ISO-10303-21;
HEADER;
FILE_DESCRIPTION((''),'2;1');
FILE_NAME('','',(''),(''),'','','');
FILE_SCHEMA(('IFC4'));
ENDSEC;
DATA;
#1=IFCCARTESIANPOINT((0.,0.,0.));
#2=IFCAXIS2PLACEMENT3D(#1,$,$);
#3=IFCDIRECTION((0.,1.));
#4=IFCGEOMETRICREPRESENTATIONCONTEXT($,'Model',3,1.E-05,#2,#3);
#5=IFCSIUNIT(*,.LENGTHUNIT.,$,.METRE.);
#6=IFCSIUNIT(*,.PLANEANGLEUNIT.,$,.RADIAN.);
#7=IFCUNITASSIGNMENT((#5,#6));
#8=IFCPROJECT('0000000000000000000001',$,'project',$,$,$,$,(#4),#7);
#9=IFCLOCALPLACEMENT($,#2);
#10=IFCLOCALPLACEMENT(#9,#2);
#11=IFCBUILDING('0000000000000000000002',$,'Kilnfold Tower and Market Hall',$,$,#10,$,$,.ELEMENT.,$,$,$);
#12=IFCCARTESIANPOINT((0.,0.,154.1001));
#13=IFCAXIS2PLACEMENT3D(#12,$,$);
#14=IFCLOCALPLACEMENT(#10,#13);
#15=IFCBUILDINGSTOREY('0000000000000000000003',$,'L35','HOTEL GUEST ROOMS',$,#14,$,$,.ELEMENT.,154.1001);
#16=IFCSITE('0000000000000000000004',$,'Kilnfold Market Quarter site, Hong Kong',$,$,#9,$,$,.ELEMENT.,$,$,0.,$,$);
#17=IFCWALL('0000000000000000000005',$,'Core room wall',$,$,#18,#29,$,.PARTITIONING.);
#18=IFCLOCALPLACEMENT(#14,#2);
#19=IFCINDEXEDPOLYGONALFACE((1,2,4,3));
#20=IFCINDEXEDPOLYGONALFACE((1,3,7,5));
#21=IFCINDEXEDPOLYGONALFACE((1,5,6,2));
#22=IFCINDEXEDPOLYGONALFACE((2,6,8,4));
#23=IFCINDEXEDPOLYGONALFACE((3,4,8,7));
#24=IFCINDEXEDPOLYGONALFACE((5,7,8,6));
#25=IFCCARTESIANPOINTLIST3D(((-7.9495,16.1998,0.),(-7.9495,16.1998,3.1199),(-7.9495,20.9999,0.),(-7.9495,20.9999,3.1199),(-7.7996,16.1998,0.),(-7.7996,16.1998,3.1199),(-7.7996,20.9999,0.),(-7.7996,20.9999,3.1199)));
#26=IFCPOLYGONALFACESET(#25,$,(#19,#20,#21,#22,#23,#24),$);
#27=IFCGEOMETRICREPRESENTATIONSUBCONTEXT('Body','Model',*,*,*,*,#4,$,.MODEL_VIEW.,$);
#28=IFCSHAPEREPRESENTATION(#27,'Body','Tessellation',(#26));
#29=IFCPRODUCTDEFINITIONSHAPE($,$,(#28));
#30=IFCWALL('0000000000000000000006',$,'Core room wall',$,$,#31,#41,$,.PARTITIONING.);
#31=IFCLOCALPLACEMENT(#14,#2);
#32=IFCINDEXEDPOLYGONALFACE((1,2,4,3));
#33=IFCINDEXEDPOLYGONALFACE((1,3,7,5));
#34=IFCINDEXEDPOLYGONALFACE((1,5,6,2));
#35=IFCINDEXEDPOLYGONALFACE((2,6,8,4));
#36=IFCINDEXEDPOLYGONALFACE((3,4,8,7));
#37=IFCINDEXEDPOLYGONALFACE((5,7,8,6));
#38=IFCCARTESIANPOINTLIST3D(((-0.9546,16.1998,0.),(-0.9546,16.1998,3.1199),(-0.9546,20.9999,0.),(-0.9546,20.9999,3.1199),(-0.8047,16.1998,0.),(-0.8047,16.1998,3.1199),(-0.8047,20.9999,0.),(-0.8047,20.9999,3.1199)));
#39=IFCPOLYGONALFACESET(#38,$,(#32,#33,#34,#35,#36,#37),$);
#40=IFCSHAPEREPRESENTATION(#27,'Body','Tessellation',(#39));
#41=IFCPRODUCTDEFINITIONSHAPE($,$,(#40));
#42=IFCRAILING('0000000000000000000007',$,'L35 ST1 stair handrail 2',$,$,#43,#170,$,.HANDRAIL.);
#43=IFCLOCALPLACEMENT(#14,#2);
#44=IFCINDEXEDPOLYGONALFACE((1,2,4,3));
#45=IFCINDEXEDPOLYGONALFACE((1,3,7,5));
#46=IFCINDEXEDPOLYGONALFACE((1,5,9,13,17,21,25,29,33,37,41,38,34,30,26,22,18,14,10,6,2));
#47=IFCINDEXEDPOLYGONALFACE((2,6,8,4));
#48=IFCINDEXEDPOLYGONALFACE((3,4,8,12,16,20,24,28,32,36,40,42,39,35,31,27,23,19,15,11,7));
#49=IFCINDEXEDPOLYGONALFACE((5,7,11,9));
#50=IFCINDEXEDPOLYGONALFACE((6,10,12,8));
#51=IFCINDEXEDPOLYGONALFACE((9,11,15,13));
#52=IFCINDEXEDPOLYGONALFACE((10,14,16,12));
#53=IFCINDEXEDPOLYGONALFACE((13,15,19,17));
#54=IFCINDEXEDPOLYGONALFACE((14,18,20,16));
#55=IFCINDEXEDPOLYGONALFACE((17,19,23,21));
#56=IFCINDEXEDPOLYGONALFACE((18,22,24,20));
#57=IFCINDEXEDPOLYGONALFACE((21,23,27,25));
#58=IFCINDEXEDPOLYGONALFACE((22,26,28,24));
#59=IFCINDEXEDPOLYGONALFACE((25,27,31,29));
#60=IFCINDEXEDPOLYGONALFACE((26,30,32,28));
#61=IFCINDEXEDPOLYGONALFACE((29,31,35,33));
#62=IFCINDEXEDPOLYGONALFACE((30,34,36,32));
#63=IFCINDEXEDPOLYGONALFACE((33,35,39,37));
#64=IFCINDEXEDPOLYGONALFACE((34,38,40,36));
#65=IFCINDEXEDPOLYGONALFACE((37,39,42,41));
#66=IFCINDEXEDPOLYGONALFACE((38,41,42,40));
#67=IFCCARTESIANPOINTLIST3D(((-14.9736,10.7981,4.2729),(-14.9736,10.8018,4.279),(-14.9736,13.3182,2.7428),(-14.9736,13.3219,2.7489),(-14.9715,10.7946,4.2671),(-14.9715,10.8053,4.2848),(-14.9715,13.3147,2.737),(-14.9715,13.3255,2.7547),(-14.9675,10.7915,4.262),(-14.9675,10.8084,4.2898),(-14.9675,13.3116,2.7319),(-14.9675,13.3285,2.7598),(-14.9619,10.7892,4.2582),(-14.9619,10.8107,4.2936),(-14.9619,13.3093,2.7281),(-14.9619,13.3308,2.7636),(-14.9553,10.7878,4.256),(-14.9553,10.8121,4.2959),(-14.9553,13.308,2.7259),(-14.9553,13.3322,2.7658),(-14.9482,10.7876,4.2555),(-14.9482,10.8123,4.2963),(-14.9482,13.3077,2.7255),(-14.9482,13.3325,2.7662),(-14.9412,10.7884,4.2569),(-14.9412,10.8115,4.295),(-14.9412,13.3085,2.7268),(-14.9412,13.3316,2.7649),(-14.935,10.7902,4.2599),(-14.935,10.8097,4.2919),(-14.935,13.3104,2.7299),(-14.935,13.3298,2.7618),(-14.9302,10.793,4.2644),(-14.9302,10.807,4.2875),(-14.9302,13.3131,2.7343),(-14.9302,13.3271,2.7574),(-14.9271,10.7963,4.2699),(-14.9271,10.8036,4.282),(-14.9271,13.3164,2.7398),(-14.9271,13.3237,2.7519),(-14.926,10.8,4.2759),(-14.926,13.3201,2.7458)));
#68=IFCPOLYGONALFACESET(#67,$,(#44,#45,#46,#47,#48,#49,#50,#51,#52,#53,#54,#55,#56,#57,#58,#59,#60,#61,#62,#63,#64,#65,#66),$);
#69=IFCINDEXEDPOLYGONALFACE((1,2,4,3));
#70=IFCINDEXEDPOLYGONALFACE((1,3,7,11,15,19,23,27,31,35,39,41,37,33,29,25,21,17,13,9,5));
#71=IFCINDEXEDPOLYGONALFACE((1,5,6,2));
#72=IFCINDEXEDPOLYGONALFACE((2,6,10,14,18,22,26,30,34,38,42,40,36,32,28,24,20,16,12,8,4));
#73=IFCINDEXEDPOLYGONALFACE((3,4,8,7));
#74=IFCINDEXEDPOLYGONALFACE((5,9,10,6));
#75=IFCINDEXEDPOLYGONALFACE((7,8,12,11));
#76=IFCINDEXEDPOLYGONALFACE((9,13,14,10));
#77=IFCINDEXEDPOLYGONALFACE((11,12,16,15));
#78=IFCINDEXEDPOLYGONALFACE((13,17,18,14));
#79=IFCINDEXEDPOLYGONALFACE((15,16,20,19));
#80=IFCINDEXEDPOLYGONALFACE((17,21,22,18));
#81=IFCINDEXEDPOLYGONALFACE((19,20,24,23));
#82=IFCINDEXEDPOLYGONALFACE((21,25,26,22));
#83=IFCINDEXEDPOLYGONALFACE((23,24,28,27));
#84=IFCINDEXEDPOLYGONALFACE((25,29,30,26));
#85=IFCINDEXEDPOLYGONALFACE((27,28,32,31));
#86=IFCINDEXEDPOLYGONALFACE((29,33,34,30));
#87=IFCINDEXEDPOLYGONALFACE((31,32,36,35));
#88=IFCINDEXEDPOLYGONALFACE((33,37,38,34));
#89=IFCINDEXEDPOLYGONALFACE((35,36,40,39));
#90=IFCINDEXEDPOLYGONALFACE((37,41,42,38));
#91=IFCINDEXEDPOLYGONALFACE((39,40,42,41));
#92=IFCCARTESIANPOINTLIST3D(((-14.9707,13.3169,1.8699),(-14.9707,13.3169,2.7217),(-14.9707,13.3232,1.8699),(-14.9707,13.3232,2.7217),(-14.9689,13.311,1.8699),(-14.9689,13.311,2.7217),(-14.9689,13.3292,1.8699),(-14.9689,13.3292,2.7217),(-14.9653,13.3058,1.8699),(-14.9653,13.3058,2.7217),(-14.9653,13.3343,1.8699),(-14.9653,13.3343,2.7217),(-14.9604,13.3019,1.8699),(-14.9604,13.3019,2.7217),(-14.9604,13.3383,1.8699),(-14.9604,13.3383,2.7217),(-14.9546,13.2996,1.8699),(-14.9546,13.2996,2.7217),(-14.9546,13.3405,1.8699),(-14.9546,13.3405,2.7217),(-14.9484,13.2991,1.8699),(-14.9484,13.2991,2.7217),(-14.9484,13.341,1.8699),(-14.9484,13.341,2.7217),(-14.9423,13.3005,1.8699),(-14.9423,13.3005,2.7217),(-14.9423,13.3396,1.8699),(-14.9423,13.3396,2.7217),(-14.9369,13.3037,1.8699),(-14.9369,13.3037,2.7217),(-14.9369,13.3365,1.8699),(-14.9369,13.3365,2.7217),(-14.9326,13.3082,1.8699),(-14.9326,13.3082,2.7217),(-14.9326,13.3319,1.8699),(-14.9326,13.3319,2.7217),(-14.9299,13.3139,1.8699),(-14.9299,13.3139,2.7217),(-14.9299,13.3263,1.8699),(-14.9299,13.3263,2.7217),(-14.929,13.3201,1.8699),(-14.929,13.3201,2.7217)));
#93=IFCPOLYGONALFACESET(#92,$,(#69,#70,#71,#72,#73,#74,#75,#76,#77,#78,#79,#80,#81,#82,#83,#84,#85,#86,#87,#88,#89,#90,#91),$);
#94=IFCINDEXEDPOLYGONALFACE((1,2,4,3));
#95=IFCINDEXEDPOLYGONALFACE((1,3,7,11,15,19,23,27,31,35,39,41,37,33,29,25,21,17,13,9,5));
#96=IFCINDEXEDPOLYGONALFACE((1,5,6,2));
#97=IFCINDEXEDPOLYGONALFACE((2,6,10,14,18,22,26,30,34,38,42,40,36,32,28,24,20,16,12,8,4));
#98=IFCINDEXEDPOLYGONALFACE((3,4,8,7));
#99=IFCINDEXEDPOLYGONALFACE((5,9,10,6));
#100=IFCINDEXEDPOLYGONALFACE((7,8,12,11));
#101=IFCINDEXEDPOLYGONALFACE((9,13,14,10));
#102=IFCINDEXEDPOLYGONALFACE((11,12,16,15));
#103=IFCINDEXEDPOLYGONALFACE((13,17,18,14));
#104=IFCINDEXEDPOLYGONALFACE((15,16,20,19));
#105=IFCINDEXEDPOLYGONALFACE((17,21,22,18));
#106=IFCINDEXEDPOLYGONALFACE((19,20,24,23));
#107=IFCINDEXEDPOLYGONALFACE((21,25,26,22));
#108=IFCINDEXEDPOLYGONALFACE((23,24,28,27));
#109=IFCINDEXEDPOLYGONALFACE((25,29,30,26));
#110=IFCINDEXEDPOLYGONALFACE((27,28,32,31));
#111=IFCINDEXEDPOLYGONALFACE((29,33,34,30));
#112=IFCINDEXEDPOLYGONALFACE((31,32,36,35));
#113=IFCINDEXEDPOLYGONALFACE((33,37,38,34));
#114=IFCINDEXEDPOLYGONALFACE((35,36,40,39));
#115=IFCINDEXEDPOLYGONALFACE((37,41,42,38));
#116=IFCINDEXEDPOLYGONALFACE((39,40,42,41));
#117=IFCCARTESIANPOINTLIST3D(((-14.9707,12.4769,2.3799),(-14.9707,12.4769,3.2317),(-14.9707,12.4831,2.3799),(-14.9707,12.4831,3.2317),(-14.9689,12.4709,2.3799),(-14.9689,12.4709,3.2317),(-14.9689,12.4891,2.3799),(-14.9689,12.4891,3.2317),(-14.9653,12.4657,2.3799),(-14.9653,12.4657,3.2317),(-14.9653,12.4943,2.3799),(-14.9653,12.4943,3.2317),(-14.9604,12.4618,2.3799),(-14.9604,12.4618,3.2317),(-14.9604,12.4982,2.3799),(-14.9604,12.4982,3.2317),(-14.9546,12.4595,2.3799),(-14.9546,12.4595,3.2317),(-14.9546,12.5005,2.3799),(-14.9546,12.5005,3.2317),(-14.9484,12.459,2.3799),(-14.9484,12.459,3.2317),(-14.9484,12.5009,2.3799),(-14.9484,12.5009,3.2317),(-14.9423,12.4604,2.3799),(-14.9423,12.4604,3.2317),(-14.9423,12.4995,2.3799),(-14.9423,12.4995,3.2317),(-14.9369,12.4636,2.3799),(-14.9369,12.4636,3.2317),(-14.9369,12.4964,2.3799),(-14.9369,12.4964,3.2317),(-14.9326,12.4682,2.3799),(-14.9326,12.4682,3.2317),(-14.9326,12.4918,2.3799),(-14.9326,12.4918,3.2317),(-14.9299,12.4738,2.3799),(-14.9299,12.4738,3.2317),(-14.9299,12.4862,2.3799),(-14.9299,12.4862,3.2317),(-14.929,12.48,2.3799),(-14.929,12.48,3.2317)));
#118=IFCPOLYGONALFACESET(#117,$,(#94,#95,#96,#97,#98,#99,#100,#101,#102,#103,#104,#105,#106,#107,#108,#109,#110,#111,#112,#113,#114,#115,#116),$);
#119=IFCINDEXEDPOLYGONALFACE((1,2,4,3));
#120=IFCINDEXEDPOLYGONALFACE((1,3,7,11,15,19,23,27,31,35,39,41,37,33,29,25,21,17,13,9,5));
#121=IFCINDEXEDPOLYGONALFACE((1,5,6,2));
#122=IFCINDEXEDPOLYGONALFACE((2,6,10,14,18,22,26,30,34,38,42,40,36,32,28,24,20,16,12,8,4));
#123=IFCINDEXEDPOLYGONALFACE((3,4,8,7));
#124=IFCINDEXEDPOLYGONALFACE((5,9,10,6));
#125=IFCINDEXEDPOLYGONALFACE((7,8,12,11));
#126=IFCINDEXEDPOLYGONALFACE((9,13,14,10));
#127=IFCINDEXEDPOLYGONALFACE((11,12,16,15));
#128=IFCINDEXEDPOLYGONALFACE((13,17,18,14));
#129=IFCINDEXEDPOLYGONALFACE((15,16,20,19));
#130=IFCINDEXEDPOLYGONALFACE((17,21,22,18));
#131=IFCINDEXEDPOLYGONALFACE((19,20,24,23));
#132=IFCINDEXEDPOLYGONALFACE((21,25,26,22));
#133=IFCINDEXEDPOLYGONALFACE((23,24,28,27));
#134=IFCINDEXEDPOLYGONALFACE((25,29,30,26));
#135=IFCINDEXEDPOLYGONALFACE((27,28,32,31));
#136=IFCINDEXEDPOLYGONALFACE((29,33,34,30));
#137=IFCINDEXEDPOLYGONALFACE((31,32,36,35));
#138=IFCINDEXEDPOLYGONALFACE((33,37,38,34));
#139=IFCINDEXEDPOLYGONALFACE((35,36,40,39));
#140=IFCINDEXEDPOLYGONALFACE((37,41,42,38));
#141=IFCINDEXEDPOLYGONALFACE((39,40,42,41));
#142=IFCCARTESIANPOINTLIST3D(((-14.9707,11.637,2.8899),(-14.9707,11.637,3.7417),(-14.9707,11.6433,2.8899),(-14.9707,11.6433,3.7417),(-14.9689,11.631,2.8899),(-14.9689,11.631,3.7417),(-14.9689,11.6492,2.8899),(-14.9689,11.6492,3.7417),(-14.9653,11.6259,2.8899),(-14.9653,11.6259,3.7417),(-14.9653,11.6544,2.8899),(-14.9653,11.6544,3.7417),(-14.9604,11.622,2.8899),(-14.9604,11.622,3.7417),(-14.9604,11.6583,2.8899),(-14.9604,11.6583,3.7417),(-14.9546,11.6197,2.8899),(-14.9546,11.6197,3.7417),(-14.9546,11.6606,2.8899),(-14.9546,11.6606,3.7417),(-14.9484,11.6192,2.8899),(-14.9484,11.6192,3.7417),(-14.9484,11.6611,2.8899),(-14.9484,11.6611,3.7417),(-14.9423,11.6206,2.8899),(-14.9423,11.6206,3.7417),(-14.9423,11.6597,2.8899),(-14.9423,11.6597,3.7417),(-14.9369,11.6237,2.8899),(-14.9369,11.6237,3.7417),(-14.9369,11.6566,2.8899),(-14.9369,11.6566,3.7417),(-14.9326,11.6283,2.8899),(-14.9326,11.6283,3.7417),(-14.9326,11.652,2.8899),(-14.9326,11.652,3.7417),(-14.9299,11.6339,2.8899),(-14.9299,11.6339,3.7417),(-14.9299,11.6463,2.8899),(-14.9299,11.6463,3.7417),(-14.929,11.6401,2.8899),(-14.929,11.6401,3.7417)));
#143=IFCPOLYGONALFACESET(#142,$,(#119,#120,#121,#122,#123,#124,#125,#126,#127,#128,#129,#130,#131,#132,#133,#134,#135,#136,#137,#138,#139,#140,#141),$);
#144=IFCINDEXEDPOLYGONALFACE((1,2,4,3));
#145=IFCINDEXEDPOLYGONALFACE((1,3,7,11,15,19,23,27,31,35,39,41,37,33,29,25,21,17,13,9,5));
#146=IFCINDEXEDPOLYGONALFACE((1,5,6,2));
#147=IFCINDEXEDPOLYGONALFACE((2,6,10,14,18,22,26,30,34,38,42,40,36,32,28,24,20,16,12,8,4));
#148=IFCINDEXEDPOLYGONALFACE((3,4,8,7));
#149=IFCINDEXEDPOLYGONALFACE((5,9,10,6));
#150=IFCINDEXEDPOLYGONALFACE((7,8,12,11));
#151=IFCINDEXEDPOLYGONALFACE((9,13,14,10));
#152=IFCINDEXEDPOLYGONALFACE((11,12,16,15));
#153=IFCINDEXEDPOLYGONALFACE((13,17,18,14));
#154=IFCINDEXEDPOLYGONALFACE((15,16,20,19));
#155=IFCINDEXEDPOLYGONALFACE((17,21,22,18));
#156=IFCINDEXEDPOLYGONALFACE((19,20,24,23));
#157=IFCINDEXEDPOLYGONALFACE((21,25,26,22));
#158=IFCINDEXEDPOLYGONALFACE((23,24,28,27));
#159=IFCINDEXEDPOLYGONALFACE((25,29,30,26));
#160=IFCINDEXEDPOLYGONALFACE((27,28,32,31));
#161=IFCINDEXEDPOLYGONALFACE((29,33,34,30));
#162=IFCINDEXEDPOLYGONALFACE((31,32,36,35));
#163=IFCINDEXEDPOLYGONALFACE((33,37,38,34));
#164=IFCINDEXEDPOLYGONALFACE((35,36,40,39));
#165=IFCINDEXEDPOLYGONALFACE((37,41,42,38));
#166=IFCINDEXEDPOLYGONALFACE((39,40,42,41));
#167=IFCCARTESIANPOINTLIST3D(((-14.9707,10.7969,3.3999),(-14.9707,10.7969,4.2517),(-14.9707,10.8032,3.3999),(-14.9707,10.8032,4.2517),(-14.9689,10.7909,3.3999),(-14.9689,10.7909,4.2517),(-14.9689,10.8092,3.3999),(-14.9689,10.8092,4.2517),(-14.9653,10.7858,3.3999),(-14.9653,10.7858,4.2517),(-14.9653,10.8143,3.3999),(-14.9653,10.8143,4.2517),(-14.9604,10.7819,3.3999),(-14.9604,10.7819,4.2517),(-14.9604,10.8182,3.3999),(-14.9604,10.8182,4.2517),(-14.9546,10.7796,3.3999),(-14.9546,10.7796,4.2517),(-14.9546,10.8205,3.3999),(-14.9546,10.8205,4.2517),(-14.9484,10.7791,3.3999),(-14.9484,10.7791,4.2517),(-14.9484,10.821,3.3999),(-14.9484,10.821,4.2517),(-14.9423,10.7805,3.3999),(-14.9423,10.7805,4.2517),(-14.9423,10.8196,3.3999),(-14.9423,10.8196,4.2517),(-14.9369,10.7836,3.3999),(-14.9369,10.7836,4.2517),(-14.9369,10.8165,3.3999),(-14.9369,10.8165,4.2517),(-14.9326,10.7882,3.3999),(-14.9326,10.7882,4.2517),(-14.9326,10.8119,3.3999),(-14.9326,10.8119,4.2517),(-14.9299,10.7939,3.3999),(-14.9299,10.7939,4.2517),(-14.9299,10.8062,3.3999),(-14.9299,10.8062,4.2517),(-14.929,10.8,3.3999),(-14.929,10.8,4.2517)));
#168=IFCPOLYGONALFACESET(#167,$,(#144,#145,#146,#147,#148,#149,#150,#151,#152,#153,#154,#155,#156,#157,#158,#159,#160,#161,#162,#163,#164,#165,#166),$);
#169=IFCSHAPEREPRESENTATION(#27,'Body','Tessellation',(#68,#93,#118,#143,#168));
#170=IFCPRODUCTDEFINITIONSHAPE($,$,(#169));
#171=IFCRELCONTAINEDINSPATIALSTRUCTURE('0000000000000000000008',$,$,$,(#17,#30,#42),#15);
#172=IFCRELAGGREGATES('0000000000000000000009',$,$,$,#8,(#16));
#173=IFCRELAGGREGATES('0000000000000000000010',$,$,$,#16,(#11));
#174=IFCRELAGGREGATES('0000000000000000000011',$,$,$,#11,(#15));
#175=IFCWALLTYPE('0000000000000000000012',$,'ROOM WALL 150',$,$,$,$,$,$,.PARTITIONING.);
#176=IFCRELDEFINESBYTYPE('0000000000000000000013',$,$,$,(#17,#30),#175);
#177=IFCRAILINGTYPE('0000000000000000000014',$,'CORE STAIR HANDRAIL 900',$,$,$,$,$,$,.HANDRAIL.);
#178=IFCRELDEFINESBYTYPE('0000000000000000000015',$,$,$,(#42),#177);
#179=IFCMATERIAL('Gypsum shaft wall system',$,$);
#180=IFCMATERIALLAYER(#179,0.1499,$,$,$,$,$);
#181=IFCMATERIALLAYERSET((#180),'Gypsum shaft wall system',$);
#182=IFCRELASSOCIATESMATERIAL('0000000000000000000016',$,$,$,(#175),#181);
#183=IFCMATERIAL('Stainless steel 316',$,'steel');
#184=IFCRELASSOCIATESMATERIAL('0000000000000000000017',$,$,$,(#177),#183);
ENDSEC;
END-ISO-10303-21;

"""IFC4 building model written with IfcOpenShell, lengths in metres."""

from ifc_helpers import new_model, si_unit, direction, frame, frame_2d, origin, origin_2d, place, context, subcontext, project, spatial, rectangle, circle, extrude, source, transform, mapped, material, layer, layer_set, type_object, element, save


model = new_model("IFC4")

# Units and contexts
model_context = context("Model", 3, precision=1e-05, world=origin(), true_north=direction((0.0, 1.0)))
body_context = subcontext(model_context, "Body", "Model", "MODEL_VIEW")
ifc_project = project(units=[si_unit("LENGTHUNIT", "METRE"), si_unit("PLANEANGLEUNIT", "RADIAN")], contexts=[model_context])

# Site, building, storey
site_placement = place(None, origin())
site = spatial("IfcSite", under=ifc_project, at=site_placement, Name="Kilnfold Market Quarter site, Hong Kong", CompositionType="ELEMENT", RefElevation=0.0)
building_placement = place(site_placement, origin())
building = spatial("IfcBuilding", under=site, at=building_placement, Name="Kilnfold Tower and Market Hall", CompositionType="ELEMENT")
storey_placement = place(building_placement, frame((0.0, 0.0, 154.1001)))
storey = spatial("IfcBuildingStorey", under=building, at=storey_placement, Name="L35", Description="HOTEL GUEST ROOMS", CompositionType="ELEMENT", Elevation=154.1001)

# Walls
ifc_material_1 = material(Name="Gypsum shaft wall system")
ifc_layer_1 = layer(ifc_material_1, 0.1499)
ifc_layer_set_1 = layer_set([ifc_layer_1], Name="Gypsum shaft wall system")
wall_type_1 = type_object("IfcWallType", Name="ROOM WALL 150", PredefinedType="PARTITIONING", material=ifc_layer_set_1)
shared_shape_1 = source(origin(), body_context, "Body", "SweptSolid", [
    extrude(rectangle(XDim=4.8, YDim=0.1499, at=frame_2d((2.3999, 0.0))), origin(), (0.0, 0.0, 1.0), 3.1199),
])
for number, where, z_axis, x_axis, name in (
    (1, (-7.8745, 16.2, 0.0), (0.0, 0.0, 1.0), (0.0, 1.0, 0.0), "Core room wall"),
    (2, (-0.8796, 16.2, 0.0), (0.0, 0.0, 1.0), (0.0, 1.0, 0.0), "Core room wall"),
):
    element("IfcWall", number, at=place(storey_placement, frame(where, z_axis=z_axis, x_axis=x_axis)), inside=storey, type_object=wall_type_1, Name=name, PredefinedType="PARTITIONING", context=body_context, shape_type="MappedRepresentation", body=[
        mapped(shared_shape_1, transform((0.0, 0.0, 0.0))),
    ])

# Railing
ifc_material_2 = material(Name="Stainless steel 316", Category="steel")
railing_type = type_object("IfcRailingType", Name="CORE STAIR HANDRAIL 900", PredefinedType="HANDRAIL", material=ifc_material_2)
railing_placement = place(storey_placement, frame((-14.95, 13.3201, 1.8699)))
element("IfcRailing", 3, at=railing_placement, inside=storey, type_object=railing_type, Name="L35 ST1 stair handrail 2", PredefinedType="HANDRAIL", context=body_context, shape_type="SweptSolid", body=[
    extrude(circle(Radius=0.0239, at=origin_2d()), frame((0.0, 0.0, 0.876), z_axis=(0.0, -0.854785, 0.518982), x_axis=(1.0, 0.0, 0.0)), (0.0, 0.0, 1.0), 2.9482),
    extrude(circle(Radius=0.021, at=origin_2d()), origin(), (0.0, 0.0, 1.0), 0.8518),
    extrude(circle(Radius=0.021, at=origin_2d()), frame((0.0, -0.8401, 0.51)), (0.0, 0.0, 1.0), 0.8518),
    extrude(circle(Radius=0.021, at=origin_2d()), frame((0.0, -1.6799, 1.02)), (0.0, 0.0, 1.0), 0.8518),
    extrude(circle(Radius=0.021, at=origin_2d()), frame((0.0, -2.52, 1.53)), (0.0, 0.0, 1.0), 0.8518),
])

save(model, "model.ifc")
